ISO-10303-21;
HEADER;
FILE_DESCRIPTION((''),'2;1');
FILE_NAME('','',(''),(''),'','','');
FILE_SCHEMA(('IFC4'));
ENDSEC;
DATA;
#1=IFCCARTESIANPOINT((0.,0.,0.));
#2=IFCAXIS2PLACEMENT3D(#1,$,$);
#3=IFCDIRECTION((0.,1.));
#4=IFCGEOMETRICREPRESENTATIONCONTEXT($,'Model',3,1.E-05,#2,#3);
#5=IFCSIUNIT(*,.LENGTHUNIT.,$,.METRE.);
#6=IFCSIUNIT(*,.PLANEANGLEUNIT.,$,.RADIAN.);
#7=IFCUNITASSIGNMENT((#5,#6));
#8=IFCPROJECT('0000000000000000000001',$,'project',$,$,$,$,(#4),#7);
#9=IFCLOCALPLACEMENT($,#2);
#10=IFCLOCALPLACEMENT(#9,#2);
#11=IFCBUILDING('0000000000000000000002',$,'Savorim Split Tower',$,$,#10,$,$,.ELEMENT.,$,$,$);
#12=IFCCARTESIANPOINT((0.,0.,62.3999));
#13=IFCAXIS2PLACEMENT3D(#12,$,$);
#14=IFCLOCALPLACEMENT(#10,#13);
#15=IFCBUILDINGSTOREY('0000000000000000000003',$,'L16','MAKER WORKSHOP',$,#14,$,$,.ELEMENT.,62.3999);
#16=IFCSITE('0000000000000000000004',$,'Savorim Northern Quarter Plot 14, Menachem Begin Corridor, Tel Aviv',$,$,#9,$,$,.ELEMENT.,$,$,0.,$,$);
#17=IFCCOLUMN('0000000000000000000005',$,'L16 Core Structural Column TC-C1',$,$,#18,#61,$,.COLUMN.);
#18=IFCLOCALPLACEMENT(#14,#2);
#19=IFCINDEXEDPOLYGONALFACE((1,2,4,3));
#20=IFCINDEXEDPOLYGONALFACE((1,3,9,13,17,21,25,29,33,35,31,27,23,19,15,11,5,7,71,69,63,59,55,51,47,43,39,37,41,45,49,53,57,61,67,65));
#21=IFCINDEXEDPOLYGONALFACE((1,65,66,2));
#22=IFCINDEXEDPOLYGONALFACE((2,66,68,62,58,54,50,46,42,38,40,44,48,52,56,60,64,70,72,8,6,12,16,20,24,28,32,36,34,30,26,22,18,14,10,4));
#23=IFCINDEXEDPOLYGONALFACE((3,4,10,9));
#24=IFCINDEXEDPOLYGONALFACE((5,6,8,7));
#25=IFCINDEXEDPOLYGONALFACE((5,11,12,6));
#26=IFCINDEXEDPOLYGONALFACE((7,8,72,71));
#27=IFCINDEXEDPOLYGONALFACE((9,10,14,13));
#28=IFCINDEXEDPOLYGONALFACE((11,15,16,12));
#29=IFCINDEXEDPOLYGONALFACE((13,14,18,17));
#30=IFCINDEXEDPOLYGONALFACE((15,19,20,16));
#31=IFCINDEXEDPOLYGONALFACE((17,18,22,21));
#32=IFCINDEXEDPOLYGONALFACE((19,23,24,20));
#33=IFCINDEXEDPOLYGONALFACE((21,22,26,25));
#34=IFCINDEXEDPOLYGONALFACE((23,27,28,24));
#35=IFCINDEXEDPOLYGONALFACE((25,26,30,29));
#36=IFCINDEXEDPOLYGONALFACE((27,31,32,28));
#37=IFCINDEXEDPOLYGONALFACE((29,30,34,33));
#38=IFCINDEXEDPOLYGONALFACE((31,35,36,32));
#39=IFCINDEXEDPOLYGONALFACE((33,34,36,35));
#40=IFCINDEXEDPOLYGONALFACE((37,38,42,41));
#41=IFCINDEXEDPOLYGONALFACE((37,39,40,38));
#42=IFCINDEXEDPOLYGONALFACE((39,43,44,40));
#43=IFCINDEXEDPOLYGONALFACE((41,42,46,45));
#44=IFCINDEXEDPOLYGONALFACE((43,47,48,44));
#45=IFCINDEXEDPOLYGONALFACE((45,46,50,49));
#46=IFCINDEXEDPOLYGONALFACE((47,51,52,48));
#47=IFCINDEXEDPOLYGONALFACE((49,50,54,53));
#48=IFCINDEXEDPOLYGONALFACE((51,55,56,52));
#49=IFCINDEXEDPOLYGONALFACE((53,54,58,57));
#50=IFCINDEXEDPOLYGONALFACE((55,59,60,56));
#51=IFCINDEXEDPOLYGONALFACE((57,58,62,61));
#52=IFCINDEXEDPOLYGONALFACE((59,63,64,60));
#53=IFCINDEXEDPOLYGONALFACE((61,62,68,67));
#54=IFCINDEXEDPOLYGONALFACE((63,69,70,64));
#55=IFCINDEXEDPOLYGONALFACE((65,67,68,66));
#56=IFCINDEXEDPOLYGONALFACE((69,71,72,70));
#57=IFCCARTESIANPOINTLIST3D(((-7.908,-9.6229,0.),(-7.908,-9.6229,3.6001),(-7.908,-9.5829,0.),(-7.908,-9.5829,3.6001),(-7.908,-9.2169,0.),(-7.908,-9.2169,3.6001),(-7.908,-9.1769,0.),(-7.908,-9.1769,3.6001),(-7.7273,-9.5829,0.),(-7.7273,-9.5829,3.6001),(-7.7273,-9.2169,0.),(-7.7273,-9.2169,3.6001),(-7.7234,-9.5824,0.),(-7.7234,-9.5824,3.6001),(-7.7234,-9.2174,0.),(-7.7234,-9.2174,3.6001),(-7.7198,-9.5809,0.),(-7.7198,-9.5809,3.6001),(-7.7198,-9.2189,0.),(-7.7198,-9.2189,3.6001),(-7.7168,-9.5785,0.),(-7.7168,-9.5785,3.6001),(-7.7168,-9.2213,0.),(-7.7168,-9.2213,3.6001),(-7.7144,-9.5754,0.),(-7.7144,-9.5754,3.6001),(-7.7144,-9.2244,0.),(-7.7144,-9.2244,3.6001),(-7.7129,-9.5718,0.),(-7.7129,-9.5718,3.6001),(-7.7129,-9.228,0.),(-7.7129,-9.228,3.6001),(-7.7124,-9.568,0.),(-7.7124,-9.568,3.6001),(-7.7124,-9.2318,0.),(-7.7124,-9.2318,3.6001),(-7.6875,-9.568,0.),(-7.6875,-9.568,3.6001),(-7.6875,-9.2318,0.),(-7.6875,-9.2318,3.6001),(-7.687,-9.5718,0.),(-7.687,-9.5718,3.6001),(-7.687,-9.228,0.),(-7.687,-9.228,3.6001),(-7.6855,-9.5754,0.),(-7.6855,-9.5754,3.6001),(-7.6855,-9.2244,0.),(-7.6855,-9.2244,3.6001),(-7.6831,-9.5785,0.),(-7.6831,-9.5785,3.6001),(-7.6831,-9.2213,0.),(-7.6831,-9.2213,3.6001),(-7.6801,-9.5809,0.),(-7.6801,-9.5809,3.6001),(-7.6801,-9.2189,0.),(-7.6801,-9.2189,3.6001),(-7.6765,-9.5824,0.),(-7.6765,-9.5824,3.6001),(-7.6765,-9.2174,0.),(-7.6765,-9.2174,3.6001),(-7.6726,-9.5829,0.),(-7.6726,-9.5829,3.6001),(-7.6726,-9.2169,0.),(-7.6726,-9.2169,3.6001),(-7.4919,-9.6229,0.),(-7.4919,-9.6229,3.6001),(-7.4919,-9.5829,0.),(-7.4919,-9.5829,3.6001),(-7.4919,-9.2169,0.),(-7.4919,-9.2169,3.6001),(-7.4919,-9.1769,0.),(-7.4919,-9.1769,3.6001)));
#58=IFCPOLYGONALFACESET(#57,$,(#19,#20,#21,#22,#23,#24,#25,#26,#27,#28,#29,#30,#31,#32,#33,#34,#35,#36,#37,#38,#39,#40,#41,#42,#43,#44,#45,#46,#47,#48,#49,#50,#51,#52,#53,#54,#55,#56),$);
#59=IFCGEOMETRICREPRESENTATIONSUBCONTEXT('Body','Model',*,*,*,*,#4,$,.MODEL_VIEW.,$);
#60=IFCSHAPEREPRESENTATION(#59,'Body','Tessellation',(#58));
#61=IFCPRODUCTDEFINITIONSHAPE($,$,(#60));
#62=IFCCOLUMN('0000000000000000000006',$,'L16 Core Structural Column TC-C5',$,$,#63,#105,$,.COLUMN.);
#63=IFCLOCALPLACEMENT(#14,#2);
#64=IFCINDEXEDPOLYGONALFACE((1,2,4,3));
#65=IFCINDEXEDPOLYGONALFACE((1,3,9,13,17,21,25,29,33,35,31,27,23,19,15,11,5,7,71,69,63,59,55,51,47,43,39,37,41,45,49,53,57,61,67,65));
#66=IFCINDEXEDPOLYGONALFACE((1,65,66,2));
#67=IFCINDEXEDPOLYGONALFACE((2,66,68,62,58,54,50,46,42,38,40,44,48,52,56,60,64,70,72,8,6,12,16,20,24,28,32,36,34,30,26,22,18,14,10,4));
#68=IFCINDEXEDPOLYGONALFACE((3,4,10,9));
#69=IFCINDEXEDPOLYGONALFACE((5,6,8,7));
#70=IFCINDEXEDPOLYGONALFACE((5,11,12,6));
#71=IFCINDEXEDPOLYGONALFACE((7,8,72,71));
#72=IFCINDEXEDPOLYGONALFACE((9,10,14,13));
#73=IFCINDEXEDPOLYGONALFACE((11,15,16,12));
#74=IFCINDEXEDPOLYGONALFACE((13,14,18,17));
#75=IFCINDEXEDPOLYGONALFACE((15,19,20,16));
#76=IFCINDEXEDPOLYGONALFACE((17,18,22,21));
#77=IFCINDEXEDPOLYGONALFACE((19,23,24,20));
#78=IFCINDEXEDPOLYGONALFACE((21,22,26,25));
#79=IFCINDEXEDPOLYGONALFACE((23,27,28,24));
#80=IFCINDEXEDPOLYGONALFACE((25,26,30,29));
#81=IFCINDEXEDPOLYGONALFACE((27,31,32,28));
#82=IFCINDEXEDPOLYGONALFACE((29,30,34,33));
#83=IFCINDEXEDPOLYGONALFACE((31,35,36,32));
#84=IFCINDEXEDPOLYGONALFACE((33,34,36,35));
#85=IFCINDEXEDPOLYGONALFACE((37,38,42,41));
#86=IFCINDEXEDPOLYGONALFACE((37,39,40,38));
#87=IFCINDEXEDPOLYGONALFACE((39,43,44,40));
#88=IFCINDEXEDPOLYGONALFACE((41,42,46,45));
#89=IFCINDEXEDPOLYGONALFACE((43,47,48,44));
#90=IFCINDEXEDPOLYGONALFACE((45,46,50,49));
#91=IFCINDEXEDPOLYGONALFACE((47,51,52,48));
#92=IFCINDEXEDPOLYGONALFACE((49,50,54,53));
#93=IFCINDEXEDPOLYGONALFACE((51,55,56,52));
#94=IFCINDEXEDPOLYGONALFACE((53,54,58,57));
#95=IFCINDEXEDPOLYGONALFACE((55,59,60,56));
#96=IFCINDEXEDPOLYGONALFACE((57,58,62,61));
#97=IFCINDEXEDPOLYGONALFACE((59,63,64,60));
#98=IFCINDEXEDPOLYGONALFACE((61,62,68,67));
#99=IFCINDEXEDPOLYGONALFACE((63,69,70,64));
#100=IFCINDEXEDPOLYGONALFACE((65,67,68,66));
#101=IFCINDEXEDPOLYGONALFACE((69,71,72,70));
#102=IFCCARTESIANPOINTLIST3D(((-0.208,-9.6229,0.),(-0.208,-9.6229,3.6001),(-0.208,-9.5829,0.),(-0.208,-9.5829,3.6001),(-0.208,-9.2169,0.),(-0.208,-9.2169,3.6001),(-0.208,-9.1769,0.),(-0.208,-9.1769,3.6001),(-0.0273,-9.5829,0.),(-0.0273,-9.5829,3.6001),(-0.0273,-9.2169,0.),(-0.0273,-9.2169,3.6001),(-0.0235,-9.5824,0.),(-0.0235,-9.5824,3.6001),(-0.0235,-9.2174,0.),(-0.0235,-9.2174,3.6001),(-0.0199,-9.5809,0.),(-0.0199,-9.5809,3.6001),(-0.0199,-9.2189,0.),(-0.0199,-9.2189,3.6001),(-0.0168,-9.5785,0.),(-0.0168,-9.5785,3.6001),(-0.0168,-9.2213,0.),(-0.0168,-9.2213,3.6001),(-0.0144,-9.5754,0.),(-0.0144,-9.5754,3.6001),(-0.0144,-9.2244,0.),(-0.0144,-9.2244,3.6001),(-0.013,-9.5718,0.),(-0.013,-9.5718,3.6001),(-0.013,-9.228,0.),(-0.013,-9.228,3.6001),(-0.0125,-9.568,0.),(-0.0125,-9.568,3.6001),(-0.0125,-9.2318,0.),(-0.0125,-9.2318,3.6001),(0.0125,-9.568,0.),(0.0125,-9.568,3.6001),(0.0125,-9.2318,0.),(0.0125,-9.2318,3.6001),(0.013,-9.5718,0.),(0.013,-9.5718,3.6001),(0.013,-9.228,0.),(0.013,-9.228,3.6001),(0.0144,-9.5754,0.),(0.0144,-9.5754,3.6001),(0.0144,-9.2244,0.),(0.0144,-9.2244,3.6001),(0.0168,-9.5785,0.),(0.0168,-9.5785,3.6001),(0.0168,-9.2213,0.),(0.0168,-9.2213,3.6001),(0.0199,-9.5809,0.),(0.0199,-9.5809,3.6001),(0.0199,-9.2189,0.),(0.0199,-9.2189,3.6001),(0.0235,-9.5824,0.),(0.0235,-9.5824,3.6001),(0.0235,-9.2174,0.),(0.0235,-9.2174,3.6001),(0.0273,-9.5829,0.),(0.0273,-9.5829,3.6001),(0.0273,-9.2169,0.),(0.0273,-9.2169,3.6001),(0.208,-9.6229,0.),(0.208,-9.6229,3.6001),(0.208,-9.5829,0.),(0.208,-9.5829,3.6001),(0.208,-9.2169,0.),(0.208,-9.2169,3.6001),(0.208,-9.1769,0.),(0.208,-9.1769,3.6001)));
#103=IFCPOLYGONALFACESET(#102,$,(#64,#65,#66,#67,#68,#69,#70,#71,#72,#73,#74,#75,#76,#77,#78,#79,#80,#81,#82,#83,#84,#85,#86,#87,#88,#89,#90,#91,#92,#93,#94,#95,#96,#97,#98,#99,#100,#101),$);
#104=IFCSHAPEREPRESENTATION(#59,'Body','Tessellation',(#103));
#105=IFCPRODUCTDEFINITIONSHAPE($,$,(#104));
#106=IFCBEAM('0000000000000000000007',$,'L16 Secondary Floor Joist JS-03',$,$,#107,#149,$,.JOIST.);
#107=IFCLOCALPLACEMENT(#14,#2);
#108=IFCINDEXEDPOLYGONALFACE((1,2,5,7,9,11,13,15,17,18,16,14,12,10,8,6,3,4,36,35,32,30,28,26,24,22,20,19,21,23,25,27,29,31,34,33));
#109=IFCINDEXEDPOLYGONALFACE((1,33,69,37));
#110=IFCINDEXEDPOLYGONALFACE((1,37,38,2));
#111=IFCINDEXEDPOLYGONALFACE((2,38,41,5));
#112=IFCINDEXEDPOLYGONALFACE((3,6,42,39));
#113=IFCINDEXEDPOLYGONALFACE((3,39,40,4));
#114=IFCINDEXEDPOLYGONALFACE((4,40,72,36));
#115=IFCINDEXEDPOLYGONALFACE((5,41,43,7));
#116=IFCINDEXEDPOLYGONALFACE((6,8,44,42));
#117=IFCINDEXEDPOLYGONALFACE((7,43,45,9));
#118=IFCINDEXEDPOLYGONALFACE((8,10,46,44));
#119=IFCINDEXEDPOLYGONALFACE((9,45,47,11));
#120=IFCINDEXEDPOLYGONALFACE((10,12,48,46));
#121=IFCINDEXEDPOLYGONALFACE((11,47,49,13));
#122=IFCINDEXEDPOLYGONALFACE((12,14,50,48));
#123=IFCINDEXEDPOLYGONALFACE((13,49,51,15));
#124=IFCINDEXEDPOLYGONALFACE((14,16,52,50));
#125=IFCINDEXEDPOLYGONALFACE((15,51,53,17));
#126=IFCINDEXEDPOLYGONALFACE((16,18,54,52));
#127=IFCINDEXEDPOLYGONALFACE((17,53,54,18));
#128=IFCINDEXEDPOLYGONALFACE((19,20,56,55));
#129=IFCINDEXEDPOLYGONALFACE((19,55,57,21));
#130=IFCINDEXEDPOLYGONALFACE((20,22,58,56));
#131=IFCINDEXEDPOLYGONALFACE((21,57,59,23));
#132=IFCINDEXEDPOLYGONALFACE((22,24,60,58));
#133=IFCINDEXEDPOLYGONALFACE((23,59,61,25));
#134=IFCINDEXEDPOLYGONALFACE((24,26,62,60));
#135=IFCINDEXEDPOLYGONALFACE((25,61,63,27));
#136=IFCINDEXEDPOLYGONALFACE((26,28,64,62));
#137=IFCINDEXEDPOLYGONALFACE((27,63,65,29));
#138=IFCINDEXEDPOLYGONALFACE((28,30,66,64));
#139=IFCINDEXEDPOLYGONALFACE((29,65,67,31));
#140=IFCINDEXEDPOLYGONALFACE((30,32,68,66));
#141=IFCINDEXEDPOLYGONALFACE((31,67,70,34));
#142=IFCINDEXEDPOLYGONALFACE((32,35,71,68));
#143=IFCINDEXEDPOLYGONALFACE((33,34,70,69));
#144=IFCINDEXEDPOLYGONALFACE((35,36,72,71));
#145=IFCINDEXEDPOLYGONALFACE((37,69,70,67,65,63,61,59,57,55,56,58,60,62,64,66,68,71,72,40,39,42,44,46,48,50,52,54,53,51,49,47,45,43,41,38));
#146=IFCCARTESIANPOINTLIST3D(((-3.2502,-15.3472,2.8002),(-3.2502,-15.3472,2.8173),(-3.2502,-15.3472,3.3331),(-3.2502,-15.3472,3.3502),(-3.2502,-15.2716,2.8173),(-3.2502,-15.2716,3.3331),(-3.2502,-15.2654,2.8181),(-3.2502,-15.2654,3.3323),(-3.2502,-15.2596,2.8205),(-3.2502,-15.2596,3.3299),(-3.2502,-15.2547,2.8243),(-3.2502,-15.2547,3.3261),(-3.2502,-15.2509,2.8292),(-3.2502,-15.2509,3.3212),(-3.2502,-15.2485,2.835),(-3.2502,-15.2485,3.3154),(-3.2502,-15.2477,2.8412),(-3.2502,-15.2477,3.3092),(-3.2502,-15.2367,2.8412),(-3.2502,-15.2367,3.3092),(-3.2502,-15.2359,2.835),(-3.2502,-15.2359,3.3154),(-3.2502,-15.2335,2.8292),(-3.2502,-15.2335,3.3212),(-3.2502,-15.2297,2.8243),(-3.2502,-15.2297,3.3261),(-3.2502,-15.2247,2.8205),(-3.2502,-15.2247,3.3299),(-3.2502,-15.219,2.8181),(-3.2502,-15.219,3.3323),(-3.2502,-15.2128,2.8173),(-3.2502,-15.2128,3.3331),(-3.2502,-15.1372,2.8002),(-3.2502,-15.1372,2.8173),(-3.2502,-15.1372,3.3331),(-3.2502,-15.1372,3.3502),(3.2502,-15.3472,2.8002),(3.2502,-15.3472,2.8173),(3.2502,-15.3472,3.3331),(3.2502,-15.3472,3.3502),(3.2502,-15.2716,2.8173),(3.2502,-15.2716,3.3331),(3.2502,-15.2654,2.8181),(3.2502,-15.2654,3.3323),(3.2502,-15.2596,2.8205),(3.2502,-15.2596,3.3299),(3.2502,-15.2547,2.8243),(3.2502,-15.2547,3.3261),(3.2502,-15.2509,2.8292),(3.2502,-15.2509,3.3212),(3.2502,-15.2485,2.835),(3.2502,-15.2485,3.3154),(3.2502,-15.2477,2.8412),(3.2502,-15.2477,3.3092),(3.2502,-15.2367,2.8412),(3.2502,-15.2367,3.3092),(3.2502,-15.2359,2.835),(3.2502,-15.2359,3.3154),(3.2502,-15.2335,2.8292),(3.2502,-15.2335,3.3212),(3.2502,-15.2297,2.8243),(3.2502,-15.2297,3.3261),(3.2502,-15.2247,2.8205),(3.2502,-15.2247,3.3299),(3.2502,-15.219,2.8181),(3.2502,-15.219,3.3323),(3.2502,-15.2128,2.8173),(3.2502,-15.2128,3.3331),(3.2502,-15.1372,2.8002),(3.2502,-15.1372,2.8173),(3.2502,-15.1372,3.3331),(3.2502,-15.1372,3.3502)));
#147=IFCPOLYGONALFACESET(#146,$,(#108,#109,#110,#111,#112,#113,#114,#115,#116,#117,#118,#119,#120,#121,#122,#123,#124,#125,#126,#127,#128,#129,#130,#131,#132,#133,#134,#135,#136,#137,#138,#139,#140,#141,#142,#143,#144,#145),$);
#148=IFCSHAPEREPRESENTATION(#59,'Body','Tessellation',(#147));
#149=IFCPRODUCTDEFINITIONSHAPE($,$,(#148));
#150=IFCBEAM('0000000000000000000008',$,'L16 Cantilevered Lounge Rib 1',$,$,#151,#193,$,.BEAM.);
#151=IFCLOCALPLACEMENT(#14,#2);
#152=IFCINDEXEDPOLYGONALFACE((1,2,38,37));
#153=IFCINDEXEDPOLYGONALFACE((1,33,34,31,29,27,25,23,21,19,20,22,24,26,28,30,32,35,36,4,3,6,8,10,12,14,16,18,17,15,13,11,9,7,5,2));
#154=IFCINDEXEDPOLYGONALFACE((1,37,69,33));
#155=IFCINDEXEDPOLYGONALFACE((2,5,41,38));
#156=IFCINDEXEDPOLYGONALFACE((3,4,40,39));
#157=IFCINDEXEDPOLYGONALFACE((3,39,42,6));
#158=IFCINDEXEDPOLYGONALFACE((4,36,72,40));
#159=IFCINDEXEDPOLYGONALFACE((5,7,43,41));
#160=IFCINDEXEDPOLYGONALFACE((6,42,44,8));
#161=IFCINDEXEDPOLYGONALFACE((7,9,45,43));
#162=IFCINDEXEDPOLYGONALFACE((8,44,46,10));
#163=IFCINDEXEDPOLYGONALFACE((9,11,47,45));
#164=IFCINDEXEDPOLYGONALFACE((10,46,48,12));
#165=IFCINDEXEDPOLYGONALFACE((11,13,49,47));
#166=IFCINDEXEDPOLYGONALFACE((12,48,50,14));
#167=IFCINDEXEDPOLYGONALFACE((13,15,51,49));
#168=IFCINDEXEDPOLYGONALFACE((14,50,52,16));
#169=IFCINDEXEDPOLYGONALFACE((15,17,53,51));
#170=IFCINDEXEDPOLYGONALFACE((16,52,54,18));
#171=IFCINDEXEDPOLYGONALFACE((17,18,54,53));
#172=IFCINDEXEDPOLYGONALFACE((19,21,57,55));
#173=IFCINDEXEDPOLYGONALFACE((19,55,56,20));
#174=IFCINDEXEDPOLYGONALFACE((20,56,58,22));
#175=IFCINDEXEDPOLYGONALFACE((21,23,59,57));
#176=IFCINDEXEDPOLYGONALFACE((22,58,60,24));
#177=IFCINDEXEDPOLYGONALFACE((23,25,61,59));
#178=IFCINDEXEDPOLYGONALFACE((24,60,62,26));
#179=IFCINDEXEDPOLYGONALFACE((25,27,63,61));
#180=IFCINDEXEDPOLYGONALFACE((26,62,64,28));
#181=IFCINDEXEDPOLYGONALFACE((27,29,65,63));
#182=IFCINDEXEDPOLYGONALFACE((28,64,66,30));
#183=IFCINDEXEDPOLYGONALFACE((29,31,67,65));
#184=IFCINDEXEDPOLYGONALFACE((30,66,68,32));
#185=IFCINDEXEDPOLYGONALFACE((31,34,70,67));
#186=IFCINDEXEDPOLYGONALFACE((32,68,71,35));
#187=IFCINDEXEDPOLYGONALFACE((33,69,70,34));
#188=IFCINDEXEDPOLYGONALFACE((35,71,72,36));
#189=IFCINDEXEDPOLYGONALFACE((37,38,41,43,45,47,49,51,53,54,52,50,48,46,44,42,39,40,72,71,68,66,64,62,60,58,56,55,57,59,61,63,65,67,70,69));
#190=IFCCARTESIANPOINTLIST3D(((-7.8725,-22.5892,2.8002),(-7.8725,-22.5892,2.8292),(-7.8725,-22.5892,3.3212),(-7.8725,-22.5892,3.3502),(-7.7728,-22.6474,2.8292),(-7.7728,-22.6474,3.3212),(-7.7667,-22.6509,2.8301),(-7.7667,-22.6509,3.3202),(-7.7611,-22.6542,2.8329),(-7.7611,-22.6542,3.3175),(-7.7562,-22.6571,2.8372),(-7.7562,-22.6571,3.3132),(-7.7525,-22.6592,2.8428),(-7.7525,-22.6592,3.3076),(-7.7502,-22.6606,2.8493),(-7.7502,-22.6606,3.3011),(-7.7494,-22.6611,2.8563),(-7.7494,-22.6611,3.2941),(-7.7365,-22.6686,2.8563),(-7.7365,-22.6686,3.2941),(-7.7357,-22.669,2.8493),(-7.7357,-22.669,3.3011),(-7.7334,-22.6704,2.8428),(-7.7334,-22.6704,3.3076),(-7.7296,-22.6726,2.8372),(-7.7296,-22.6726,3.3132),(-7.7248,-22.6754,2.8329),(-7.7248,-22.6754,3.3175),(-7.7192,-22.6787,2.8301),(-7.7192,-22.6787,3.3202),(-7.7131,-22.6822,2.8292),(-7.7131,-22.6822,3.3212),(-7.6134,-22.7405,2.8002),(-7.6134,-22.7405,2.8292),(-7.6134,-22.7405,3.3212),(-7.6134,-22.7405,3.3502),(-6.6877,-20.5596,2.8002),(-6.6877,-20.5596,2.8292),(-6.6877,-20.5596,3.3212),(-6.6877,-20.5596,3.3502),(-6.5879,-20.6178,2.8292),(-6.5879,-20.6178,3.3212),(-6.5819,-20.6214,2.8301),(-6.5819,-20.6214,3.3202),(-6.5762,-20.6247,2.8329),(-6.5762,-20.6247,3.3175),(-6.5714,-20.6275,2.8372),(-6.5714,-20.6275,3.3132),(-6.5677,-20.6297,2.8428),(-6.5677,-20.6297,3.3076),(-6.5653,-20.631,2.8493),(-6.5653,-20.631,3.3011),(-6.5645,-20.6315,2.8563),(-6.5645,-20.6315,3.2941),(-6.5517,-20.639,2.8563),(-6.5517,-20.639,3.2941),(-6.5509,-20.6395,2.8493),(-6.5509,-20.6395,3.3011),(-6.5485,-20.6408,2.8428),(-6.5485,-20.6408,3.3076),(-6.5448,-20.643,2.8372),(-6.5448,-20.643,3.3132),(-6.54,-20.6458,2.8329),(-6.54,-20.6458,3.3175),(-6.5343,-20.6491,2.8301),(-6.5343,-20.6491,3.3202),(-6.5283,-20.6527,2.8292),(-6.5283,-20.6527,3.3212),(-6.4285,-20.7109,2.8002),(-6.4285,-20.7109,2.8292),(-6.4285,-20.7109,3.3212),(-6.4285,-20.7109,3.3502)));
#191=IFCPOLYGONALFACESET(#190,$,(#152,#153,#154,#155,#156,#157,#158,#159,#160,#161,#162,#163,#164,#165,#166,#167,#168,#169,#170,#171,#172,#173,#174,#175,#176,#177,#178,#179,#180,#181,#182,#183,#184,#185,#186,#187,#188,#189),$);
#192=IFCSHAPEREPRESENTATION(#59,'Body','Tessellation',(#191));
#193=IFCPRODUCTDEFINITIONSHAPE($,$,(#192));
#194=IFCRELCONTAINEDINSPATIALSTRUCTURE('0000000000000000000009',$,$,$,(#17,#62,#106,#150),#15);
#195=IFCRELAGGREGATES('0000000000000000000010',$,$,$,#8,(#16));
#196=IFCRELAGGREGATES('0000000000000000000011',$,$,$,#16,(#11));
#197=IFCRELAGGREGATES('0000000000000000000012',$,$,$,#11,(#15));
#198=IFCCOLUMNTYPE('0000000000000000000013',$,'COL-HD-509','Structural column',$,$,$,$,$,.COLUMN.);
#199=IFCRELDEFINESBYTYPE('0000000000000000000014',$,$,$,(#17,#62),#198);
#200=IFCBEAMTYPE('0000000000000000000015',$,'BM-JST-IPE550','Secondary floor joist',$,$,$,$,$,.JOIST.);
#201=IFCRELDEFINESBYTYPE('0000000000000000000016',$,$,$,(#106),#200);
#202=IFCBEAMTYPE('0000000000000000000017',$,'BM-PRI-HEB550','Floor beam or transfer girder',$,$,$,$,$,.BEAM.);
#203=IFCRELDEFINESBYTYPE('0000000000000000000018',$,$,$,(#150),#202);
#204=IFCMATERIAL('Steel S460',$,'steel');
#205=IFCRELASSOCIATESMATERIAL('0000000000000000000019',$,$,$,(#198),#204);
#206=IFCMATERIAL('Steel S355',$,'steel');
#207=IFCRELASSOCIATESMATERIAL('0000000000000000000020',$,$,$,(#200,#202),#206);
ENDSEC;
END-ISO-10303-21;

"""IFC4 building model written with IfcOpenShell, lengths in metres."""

from ifc_helpers import new_model, si_unit, direction, frame, origin, origin_2d, place, context, subcontext, project, spatial, i_section, extrude, material, material_profile, profile_set, type_object, element, save


model = new_model("IFC4")

# Units and contexts
model_context = context("Model", 3, precision=1e-05, world=origin(), true_north=direction((0.0, 1.0)))
body_context = subcontext(model_context, "Body", "Model", "MODEL_VIEW")
ifc_project = project(units=[si_unit("LENGTHUNIT", "METRE"), si_unit("PLANEANGLEUNIT", "RADIAN")], contexts=[model_context])

# Site, building, storey
site_placement = place(None, origin())
site = spatial("IfcSite", under=ifc_project, at=site_placement, Name="Savorim Northern Quarter Plot 14, Menachem Begin Corridor, Tel Aviv", CompositionType="ELEMENT", RefElevation=0.0)
building_placement = place(site_placement, origin())
building = spatial("IfcBuilding", under=site, at=building_placement, Name="Savorim Split Tower", CompositionType="ELEMENT")
storey_placement = place(building_placement, frame((0.0, 0.0, 62.3999)))
storey = spatial("IfcBuildingStorey", under=building, at=storey_placement, Name="L16", Description="MAKER WORKSHOP", CompositionType="ELEMENT", Elevation=62.3999)

# Columns
ifc_material_1 = material(Name="Steel S460", Category="steel")
ifc_material_profile_1 = material_profile(ifc_material_1, i_section(OverallWidth=0.416, OverallDepth=0.446, WebThickness=0.0249, FlangeThickness=0.04, FilletRadius=0.0149, at=origin_2d()), Name="HD 400x509")
ifc_profile_set_1 = profile_set([ifc_material_profile_1], Name="Steel S460")
column_type = type_object("IfcColumnType", Name="COL-HD-509", Description="Structural column", PredefinedType="COLUMN", material=ifc_profile_set_1)
for number, where, z_axis, x_axis, name in (
    (1, (-7.7, -9.3999, 0.0), (0.0, 0.0, 1.0), (1.0, 0.0, 0.0), "L16 Core Structural Column TC-C1"),
    (2, (0.0, -9.3999, 0.0), (0.0, 0.0, 1.0), (1.0, 0.0, 0.0), "L16 Core Structural Column TC-C5"),
):
    element("IfcColumn", number, at=place(storey_placement, frame(where, z_axis=z_axis, x_axis=x_axis)), inside=storey, type_object=column_type, Name=name, PredefinedType="COLUMN", context=body_context, shape_type="SweptSolid", body=[
        extrude(i_section(OverallWidth=0.416, OverallDepth=0.446, WebThickness=0.0249, FlangeThickness=0.04, FilletRadius=0.0149, at=origin_2d()), origin(), (0.0, 0.0, 1.0), 3.6001),
    ])

# Beams
ifc_material_2 = material(Name="Steel S355", Category="steel")
ifc_material_profile_2 = material_profile(ifc_material_2, i_section(OverallWidth=0.21, OverallDepth=0.55, WebThickness=0.011, FlangeThickness=0.0171, FilletRadius=0.0239, at=origin_2d()), Name="IPE 550")
ifc_profile_set_2 = profile_set([ifc_material_profile_2], Name="Steel S355")
beam_type_1 = type_object("IfcBeamType", Name="BM-JST-IPE550", Description="Secondary floor joist", PredefinedType="JOIST", material=ifc_profile_set_2)
beam_1_placement = place(storey_placement, frame((-3.2502, -15.2422, 3.0752), z_axis=(1.0, 0.0, 0.0), x_axis=(0.0, 1.0, 0.0)))
element("IfcBeam", 3, at=beam_1_placement, inside=storey, type_object=beam_type_1, Name="L16 Secondary Floor Joist JS-03", PredefinedType="JOIST", context=body_context, shape_type="SweptSolid", body=[
    extrude(i_section(OverallWidth=0.21, OverallDepth=0.55, WebThickness=0.011, FlangeThickness=0.0171, FilletRadius=0.0239, at=origin_2d()), origin(), (0.0, 0.0, 1.0), 6.5005),
])
ifc_material_profile_3 = material_profile(ifc_material_2, i_section(OverallWidth=0.3, OverallDepth=0.55, WebThickness=0.0149, FlangeThickness=0.0291, FilletRadius=0.0271, at=origin_2d()), Name="HEB 550")
ifc_profile_set_3 = profile_set([ifc_material_profile_3], Name="Steel S355")
beam_type_2 = type_object("IfcBeamType", Name="BM-PRI-HEB550", Description="Floor beam or transfer girder", PredefinedType="BEAM", material=ifc_profile_set_3)
beam_2_placement = place(storey_placement, frame((-6.5581, -20.6353, 3.0752), z_axis=(-0.504162, -0.863609, 0.0), x_axis=(0.863609, -0.504162, 0.0)))
element("IfcBeam", 4, at=beam_2_placement, inside=storey, type_object=beam_type_2, Name="L16 Cantilevered Lounge Rib 1", PredefinedType="BEAM", context=body_context, shape_type="SweptSolid", body=[
    extrude(i_section(OverallWidth=0.3, OverallDepth=0.55, WebThickness=0.0149, FlangeThickness=0.0291, FilletRadius=0.0271, at=origin_2d()), origin(), (0.0, 0.0, 1.0), 2.3501),
])

save(model, "model.ifc")
